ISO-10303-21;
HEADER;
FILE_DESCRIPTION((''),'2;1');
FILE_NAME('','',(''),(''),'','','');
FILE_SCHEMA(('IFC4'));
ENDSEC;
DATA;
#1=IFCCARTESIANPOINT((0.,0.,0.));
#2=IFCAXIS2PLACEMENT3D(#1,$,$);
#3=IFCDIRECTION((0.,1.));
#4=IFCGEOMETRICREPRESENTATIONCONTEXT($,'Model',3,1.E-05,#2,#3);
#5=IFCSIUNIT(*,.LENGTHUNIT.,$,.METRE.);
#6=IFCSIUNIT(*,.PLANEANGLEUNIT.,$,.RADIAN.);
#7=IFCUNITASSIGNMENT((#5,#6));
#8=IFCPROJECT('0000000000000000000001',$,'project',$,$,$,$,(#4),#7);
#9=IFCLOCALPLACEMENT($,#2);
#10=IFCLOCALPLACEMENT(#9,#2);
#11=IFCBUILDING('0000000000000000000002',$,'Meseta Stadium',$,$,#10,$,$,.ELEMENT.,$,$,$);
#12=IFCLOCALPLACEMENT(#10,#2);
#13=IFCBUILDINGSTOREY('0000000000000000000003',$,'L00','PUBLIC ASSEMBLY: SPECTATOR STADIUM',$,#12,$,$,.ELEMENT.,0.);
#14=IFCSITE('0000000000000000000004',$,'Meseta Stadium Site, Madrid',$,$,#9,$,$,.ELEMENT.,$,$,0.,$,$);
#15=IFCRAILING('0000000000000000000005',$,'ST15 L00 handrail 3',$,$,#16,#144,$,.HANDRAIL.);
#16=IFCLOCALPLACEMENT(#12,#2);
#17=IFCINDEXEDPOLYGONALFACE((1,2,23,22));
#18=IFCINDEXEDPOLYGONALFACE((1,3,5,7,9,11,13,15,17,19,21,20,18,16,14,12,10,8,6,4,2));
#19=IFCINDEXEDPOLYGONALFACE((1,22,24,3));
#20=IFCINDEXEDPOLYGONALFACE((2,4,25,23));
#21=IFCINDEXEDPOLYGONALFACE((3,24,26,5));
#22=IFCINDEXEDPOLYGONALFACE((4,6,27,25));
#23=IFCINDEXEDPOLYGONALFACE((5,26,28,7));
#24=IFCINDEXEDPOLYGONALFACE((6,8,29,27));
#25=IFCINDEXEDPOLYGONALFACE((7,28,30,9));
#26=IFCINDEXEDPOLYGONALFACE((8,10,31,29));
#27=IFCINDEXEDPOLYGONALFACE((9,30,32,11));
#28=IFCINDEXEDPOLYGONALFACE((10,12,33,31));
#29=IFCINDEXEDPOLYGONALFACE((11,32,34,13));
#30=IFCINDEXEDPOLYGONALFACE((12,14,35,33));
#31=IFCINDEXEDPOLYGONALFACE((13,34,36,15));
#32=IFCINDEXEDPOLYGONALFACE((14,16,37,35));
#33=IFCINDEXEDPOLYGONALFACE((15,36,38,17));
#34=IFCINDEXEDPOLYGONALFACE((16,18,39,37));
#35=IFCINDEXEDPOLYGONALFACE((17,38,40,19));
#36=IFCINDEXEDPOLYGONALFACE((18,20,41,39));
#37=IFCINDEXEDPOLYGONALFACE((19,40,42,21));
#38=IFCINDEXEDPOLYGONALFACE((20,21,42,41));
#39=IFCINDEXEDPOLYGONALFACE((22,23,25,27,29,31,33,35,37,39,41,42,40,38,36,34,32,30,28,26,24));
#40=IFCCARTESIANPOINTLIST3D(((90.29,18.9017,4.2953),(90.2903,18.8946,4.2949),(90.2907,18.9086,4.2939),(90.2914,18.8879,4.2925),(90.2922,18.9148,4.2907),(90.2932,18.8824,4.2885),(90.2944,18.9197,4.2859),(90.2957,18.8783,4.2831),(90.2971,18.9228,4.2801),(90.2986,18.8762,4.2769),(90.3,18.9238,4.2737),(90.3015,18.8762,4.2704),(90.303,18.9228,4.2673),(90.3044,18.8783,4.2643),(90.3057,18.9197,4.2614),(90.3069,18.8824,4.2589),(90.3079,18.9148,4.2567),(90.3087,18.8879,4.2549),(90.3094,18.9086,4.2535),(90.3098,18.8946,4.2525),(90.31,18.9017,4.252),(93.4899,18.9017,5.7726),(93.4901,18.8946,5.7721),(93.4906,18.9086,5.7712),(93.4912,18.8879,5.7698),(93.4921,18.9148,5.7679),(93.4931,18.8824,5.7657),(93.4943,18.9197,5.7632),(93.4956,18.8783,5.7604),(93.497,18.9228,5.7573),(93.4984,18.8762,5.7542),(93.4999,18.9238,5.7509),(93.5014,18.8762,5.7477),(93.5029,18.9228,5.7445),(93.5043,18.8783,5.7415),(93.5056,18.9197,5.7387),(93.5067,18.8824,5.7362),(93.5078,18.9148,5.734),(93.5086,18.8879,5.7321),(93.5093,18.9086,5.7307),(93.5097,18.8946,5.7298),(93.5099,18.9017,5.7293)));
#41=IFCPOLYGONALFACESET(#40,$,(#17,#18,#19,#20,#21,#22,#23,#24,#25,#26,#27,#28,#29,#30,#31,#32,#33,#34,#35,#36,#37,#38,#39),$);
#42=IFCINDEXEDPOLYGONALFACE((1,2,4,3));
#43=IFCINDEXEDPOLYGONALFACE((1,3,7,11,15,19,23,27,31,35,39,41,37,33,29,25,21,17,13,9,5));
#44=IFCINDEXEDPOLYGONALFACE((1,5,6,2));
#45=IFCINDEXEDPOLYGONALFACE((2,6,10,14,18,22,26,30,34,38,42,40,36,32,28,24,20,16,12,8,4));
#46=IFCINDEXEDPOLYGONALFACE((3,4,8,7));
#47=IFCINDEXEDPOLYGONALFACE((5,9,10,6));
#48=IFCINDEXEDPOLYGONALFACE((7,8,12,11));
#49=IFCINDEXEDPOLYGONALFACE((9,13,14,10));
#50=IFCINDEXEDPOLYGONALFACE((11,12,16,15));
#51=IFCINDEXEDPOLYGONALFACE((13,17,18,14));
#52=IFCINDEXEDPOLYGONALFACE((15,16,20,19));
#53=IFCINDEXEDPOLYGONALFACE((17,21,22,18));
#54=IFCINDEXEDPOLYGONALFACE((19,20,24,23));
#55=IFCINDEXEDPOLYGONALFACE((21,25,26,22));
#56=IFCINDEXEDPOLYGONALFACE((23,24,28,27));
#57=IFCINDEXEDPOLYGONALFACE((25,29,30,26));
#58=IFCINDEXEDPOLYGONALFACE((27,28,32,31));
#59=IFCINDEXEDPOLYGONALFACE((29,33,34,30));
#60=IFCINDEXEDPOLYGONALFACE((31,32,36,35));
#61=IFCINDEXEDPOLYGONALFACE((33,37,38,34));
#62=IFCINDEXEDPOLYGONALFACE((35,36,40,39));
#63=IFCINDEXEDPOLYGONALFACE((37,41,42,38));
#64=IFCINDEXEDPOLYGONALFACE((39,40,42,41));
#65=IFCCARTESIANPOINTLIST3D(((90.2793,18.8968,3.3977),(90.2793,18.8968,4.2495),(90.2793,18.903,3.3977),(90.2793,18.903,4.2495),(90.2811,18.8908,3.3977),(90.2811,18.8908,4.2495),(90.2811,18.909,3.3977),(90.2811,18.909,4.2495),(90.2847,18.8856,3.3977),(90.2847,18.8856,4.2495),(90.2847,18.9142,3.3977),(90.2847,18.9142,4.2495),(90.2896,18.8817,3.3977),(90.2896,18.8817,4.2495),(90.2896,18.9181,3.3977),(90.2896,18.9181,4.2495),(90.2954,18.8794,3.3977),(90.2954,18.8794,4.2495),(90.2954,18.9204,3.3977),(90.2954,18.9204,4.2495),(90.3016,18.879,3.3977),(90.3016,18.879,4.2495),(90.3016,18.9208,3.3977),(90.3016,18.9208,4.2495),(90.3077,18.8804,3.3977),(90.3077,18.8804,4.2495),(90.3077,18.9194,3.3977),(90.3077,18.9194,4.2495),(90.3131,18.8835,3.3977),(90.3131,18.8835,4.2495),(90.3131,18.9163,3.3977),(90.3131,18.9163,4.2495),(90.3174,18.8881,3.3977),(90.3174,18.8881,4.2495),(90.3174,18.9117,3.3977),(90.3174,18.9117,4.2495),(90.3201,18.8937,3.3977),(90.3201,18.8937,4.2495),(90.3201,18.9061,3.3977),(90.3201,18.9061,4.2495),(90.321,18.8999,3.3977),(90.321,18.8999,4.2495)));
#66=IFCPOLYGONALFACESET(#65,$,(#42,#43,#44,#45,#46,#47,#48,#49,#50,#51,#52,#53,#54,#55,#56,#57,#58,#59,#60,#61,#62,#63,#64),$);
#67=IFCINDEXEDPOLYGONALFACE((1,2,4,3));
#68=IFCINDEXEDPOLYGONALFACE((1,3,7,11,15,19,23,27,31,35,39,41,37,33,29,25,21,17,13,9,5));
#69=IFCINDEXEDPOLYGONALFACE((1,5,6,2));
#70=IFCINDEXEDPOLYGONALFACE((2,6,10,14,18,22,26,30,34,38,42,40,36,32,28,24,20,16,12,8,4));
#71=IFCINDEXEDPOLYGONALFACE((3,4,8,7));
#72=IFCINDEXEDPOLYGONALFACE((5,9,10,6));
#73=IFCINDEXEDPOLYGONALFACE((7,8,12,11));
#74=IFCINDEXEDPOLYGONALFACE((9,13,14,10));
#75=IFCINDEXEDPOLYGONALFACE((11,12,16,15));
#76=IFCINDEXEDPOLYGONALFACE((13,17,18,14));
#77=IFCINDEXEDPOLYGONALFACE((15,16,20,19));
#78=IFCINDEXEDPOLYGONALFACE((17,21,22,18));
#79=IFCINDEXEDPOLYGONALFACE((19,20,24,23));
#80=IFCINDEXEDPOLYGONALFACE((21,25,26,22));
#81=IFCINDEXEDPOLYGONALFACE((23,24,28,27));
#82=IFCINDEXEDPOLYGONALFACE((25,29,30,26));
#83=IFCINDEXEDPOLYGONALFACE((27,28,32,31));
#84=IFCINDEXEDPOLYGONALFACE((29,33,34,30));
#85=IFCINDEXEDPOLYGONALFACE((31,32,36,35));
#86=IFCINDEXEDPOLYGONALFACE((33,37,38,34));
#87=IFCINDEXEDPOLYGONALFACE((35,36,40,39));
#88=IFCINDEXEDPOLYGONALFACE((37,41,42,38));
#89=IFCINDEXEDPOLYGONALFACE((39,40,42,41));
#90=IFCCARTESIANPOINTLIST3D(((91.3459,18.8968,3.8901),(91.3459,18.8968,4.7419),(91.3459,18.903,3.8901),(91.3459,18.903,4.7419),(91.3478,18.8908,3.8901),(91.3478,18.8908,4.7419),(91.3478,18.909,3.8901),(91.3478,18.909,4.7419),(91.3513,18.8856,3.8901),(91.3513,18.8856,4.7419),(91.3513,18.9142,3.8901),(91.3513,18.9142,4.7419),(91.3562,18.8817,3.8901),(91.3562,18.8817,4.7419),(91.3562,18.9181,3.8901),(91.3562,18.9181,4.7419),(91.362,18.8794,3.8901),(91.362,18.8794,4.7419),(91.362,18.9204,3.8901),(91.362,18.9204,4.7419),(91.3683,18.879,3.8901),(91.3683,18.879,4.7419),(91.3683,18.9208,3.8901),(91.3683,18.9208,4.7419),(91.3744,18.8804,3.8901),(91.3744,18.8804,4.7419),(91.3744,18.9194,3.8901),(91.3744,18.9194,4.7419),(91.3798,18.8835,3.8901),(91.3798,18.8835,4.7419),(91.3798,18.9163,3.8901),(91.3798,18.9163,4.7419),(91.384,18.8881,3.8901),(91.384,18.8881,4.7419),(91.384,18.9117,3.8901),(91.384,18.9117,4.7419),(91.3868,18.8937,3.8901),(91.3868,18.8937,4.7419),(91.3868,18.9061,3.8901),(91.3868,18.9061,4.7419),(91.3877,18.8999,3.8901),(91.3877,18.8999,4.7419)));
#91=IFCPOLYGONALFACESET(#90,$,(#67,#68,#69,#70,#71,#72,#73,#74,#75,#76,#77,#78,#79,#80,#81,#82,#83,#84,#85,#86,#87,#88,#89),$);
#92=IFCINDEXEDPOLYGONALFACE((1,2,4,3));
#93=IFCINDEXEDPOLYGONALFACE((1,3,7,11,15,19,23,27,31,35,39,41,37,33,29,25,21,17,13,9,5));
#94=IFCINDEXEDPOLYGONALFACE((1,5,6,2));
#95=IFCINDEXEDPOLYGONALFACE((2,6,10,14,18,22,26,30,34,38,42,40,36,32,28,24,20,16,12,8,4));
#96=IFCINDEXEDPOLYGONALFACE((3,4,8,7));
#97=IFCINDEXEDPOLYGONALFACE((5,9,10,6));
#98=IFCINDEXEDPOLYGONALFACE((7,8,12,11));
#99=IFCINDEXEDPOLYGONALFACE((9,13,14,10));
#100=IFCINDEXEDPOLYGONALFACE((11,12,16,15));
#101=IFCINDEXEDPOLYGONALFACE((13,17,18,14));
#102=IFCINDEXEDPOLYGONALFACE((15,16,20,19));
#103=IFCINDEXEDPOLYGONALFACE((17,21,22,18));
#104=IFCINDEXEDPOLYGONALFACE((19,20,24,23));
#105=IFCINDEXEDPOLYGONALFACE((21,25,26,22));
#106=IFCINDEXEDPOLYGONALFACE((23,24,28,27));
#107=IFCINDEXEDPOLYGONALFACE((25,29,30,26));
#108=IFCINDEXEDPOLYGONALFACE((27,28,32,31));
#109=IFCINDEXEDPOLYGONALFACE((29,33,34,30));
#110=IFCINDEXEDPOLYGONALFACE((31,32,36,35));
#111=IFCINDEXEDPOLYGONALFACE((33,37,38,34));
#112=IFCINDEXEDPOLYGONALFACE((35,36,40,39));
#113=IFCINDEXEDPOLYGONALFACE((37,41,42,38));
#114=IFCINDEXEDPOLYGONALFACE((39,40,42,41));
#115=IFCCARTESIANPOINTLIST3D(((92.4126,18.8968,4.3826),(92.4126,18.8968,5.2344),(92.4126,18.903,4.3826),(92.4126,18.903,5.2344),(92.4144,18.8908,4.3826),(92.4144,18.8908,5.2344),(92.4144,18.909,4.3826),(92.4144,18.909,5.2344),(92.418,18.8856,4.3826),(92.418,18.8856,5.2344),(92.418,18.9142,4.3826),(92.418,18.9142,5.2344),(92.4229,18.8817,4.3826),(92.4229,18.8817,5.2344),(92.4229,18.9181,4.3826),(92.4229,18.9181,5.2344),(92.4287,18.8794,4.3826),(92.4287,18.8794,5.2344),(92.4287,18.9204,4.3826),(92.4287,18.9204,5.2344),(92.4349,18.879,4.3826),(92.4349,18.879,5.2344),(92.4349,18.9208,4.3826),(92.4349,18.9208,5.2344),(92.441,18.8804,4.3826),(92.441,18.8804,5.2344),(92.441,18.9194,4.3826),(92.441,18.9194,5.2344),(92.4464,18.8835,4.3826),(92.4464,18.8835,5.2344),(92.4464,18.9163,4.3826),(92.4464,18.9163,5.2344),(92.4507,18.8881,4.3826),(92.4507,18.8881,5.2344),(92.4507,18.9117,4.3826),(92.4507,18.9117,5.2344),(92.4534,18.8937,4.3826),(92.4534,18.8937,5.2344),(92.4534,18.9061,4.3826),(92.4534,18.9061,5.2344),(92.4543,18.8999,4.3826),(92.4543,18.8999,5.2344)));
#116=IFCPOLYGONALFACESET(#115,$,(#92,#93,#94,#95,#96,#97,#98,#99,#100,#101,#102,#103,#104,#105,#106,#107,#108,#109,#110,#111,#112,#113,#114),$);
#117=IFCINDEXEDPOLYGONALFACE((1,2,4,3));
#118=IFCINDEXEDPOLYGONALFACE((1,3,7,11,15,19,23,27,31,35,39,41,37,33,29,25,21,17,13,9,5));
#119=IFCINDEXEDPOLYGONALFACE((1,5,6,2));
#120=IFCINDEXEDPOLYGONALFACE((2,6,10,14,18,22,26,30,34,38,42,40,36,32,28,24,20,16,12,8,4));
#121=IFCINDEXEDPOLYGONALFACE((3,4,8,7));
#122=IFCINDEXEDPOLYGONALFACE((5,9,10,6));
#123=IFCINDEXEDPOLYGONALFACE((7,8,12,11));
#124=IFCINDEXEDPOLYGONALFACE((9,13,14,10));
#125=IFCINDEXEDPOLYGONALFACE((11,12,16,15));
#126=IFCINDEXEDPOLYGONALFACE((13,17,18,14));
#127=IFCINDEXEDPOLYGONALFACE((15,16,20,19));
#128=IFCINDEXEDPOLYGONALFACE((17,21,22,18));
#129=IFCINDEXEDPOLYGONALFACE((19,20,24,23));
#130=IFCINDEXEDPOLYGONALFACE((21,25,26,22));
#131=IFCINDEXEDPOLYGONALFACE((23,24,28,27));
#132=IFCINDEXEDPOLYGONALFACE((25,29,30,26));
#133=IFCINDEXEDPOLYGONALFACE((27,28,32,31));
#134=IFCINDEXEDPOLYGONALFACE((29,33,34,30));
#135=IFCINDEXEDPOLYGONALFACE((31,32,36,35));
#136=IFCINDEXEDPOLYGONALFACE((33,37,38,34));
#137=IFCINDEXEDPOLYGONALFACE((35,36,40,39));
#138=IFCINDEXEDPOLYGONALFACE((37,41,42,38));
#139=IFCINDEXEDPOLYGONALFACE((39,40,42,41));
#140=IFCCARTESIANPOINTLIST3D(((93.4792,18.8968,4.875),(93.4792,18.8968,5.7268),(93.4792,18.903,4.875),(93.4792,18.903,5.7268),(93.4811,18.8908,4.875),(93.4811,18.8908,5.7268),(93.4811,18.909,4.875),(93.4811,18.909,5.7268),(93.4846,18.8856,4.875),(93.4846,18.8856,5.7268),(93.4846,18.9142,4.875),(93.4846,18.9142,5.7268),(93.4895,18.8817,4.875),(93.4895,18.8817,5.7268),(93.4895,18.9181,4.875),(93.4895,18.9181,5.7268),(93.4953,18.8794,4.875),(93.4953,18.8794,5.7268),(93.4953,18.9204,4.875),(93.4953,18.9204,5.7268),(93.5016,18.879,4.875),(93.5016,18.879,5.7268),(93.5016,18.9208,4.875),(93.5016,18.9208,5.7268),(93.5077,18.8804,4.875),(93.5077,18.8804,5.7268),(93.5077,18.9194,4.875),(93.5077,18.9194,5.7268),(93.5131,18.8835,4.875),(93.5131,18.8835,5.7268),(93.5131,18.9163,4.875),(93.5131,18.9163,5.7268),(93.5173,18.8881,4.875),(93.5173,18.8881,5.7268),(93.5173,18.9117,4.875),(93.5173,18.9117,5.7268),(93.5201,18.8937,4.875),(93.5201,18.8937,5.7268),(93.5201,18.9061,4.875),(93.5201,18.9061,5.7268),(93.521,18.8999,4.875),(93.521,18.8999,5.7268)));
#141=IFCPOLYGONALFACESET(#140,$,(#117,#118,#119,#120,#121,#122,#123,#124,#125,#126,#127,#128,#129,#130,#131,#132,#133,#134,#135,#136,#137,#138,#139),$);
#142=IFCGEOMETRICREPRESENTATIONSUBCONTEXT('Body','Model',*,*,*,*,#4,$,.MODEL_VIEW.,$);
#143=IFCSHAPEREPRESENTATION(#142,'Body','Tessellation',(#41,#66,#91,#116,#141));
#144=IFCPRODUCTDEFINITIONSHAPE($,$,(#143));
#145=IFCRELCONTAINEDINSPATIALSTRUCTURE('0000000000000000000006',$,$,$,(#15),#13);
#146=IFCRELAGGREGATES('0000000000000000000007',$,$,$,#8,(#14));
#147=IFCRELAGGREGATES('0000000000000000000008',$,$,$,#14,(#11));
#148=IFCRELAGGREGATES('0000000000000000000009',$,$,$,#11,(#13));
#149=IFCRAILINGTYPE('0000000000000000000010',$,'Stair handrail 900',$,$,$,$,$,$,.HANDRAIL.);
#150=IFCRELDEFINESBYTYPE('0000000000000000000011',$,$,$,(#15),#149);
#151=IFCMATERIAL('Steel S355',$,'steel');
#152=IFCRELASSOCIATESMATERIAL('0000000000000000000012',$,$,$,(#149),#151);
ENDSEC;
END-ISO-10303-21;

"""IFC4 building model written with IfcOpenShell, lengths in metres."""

from ifc_helpers import new_model, si_unit, direction, frame, origin, origin_2d, place, context, subcontext, project, spatial, circle, extrude, material, type_object, element, save


model = new_model("IFC4")

# Units and contexts
model_context = context("Model", 3, precision=1e-05, world=origin(), true_north=direction((0.0, 1.0)))
body_context = subcontext(model_context, "Body", "Model", "MODEL_VIEW")
ifc_project = project(units=[si_unit("LENGTHUNIT", "METRE"), si_unit("PLANEANGLEUNIT", "RADIAN")], contexts=[model_context])

# Site, building, storey
site_placement = place(None, origin())
site = spatial("IfcSite", under=ifc_project, at=site_placement, Name="Meseta Stadium Site, Madrid", CompositionType="ELEMENT", RefElevation=0.0)
building_placement = place(site_placement, origin())
building = spatial("IfcBuilding", under=site, at=building_placement, Name="Meseta Stadium", CompositionType="ELEMENT")
storey_placement = place(building_placement, origin())
storey = spatial("IfcBuildingStorey", under=building, at=storey_placement, Name="L00", Description="PUBLIC ASSEMBLY: SPECTATOR STADIUM", CompositionType="ELEMENT", Elevation=0.0)

# Railing
ifc_material_1 = material(Name="Steel S355", Category="steel")
railing_type_1 = type_object("IfcRailingType", Name="Stair handrail 900", PredefinedType="HANDRAIL", material=ifc_material_1)
for number, where, name in (
    (1, (90.3, 18.8999, 3.3977), "ST15 L00 handrail 3"),
):
    element("IfcRailing", number, at=place(storey_placement, frame(where)), inside=storey, type_object=railing_type_1, Name=name, PredefinedType="HANDRAIL", context=body_context, shape_type="SweptSolid", body=[
        extrude(circle(Radius=0.0239, at=origin_2d()), frame((0.0, 0.0, 0.876), z_axis=(0.907917, 0.0, 0.41915), x_axis=(0.0, 1.0, 0.0)), (0.0, 0.0, 1.0), 3.5244),
        extrude(circle(Radius=0.021, at=origin_2d()), origin(), (0.0, 0.0, 1.0), 0.8518),
        extrude(circle(Radius=0.021, at=origin_2d()), frame((1.0667, 0.0, 0.4924)), (0.0, 0.0, 1.0), 0.8518),
        extrude(circle(Radius=0.021, at=origin_2d()), frame((2.1333, 0.0, 0.9849)), (0.0, 0.0, 1.0), 0.8518),
        extrude(circle(Radius=0.021, at=origin_2d()), frame((3.2, 0.0, 1.4773)), (0.0, 0.0, 1.0), 0.8518),
    ])

save(model, "model.ifc")
